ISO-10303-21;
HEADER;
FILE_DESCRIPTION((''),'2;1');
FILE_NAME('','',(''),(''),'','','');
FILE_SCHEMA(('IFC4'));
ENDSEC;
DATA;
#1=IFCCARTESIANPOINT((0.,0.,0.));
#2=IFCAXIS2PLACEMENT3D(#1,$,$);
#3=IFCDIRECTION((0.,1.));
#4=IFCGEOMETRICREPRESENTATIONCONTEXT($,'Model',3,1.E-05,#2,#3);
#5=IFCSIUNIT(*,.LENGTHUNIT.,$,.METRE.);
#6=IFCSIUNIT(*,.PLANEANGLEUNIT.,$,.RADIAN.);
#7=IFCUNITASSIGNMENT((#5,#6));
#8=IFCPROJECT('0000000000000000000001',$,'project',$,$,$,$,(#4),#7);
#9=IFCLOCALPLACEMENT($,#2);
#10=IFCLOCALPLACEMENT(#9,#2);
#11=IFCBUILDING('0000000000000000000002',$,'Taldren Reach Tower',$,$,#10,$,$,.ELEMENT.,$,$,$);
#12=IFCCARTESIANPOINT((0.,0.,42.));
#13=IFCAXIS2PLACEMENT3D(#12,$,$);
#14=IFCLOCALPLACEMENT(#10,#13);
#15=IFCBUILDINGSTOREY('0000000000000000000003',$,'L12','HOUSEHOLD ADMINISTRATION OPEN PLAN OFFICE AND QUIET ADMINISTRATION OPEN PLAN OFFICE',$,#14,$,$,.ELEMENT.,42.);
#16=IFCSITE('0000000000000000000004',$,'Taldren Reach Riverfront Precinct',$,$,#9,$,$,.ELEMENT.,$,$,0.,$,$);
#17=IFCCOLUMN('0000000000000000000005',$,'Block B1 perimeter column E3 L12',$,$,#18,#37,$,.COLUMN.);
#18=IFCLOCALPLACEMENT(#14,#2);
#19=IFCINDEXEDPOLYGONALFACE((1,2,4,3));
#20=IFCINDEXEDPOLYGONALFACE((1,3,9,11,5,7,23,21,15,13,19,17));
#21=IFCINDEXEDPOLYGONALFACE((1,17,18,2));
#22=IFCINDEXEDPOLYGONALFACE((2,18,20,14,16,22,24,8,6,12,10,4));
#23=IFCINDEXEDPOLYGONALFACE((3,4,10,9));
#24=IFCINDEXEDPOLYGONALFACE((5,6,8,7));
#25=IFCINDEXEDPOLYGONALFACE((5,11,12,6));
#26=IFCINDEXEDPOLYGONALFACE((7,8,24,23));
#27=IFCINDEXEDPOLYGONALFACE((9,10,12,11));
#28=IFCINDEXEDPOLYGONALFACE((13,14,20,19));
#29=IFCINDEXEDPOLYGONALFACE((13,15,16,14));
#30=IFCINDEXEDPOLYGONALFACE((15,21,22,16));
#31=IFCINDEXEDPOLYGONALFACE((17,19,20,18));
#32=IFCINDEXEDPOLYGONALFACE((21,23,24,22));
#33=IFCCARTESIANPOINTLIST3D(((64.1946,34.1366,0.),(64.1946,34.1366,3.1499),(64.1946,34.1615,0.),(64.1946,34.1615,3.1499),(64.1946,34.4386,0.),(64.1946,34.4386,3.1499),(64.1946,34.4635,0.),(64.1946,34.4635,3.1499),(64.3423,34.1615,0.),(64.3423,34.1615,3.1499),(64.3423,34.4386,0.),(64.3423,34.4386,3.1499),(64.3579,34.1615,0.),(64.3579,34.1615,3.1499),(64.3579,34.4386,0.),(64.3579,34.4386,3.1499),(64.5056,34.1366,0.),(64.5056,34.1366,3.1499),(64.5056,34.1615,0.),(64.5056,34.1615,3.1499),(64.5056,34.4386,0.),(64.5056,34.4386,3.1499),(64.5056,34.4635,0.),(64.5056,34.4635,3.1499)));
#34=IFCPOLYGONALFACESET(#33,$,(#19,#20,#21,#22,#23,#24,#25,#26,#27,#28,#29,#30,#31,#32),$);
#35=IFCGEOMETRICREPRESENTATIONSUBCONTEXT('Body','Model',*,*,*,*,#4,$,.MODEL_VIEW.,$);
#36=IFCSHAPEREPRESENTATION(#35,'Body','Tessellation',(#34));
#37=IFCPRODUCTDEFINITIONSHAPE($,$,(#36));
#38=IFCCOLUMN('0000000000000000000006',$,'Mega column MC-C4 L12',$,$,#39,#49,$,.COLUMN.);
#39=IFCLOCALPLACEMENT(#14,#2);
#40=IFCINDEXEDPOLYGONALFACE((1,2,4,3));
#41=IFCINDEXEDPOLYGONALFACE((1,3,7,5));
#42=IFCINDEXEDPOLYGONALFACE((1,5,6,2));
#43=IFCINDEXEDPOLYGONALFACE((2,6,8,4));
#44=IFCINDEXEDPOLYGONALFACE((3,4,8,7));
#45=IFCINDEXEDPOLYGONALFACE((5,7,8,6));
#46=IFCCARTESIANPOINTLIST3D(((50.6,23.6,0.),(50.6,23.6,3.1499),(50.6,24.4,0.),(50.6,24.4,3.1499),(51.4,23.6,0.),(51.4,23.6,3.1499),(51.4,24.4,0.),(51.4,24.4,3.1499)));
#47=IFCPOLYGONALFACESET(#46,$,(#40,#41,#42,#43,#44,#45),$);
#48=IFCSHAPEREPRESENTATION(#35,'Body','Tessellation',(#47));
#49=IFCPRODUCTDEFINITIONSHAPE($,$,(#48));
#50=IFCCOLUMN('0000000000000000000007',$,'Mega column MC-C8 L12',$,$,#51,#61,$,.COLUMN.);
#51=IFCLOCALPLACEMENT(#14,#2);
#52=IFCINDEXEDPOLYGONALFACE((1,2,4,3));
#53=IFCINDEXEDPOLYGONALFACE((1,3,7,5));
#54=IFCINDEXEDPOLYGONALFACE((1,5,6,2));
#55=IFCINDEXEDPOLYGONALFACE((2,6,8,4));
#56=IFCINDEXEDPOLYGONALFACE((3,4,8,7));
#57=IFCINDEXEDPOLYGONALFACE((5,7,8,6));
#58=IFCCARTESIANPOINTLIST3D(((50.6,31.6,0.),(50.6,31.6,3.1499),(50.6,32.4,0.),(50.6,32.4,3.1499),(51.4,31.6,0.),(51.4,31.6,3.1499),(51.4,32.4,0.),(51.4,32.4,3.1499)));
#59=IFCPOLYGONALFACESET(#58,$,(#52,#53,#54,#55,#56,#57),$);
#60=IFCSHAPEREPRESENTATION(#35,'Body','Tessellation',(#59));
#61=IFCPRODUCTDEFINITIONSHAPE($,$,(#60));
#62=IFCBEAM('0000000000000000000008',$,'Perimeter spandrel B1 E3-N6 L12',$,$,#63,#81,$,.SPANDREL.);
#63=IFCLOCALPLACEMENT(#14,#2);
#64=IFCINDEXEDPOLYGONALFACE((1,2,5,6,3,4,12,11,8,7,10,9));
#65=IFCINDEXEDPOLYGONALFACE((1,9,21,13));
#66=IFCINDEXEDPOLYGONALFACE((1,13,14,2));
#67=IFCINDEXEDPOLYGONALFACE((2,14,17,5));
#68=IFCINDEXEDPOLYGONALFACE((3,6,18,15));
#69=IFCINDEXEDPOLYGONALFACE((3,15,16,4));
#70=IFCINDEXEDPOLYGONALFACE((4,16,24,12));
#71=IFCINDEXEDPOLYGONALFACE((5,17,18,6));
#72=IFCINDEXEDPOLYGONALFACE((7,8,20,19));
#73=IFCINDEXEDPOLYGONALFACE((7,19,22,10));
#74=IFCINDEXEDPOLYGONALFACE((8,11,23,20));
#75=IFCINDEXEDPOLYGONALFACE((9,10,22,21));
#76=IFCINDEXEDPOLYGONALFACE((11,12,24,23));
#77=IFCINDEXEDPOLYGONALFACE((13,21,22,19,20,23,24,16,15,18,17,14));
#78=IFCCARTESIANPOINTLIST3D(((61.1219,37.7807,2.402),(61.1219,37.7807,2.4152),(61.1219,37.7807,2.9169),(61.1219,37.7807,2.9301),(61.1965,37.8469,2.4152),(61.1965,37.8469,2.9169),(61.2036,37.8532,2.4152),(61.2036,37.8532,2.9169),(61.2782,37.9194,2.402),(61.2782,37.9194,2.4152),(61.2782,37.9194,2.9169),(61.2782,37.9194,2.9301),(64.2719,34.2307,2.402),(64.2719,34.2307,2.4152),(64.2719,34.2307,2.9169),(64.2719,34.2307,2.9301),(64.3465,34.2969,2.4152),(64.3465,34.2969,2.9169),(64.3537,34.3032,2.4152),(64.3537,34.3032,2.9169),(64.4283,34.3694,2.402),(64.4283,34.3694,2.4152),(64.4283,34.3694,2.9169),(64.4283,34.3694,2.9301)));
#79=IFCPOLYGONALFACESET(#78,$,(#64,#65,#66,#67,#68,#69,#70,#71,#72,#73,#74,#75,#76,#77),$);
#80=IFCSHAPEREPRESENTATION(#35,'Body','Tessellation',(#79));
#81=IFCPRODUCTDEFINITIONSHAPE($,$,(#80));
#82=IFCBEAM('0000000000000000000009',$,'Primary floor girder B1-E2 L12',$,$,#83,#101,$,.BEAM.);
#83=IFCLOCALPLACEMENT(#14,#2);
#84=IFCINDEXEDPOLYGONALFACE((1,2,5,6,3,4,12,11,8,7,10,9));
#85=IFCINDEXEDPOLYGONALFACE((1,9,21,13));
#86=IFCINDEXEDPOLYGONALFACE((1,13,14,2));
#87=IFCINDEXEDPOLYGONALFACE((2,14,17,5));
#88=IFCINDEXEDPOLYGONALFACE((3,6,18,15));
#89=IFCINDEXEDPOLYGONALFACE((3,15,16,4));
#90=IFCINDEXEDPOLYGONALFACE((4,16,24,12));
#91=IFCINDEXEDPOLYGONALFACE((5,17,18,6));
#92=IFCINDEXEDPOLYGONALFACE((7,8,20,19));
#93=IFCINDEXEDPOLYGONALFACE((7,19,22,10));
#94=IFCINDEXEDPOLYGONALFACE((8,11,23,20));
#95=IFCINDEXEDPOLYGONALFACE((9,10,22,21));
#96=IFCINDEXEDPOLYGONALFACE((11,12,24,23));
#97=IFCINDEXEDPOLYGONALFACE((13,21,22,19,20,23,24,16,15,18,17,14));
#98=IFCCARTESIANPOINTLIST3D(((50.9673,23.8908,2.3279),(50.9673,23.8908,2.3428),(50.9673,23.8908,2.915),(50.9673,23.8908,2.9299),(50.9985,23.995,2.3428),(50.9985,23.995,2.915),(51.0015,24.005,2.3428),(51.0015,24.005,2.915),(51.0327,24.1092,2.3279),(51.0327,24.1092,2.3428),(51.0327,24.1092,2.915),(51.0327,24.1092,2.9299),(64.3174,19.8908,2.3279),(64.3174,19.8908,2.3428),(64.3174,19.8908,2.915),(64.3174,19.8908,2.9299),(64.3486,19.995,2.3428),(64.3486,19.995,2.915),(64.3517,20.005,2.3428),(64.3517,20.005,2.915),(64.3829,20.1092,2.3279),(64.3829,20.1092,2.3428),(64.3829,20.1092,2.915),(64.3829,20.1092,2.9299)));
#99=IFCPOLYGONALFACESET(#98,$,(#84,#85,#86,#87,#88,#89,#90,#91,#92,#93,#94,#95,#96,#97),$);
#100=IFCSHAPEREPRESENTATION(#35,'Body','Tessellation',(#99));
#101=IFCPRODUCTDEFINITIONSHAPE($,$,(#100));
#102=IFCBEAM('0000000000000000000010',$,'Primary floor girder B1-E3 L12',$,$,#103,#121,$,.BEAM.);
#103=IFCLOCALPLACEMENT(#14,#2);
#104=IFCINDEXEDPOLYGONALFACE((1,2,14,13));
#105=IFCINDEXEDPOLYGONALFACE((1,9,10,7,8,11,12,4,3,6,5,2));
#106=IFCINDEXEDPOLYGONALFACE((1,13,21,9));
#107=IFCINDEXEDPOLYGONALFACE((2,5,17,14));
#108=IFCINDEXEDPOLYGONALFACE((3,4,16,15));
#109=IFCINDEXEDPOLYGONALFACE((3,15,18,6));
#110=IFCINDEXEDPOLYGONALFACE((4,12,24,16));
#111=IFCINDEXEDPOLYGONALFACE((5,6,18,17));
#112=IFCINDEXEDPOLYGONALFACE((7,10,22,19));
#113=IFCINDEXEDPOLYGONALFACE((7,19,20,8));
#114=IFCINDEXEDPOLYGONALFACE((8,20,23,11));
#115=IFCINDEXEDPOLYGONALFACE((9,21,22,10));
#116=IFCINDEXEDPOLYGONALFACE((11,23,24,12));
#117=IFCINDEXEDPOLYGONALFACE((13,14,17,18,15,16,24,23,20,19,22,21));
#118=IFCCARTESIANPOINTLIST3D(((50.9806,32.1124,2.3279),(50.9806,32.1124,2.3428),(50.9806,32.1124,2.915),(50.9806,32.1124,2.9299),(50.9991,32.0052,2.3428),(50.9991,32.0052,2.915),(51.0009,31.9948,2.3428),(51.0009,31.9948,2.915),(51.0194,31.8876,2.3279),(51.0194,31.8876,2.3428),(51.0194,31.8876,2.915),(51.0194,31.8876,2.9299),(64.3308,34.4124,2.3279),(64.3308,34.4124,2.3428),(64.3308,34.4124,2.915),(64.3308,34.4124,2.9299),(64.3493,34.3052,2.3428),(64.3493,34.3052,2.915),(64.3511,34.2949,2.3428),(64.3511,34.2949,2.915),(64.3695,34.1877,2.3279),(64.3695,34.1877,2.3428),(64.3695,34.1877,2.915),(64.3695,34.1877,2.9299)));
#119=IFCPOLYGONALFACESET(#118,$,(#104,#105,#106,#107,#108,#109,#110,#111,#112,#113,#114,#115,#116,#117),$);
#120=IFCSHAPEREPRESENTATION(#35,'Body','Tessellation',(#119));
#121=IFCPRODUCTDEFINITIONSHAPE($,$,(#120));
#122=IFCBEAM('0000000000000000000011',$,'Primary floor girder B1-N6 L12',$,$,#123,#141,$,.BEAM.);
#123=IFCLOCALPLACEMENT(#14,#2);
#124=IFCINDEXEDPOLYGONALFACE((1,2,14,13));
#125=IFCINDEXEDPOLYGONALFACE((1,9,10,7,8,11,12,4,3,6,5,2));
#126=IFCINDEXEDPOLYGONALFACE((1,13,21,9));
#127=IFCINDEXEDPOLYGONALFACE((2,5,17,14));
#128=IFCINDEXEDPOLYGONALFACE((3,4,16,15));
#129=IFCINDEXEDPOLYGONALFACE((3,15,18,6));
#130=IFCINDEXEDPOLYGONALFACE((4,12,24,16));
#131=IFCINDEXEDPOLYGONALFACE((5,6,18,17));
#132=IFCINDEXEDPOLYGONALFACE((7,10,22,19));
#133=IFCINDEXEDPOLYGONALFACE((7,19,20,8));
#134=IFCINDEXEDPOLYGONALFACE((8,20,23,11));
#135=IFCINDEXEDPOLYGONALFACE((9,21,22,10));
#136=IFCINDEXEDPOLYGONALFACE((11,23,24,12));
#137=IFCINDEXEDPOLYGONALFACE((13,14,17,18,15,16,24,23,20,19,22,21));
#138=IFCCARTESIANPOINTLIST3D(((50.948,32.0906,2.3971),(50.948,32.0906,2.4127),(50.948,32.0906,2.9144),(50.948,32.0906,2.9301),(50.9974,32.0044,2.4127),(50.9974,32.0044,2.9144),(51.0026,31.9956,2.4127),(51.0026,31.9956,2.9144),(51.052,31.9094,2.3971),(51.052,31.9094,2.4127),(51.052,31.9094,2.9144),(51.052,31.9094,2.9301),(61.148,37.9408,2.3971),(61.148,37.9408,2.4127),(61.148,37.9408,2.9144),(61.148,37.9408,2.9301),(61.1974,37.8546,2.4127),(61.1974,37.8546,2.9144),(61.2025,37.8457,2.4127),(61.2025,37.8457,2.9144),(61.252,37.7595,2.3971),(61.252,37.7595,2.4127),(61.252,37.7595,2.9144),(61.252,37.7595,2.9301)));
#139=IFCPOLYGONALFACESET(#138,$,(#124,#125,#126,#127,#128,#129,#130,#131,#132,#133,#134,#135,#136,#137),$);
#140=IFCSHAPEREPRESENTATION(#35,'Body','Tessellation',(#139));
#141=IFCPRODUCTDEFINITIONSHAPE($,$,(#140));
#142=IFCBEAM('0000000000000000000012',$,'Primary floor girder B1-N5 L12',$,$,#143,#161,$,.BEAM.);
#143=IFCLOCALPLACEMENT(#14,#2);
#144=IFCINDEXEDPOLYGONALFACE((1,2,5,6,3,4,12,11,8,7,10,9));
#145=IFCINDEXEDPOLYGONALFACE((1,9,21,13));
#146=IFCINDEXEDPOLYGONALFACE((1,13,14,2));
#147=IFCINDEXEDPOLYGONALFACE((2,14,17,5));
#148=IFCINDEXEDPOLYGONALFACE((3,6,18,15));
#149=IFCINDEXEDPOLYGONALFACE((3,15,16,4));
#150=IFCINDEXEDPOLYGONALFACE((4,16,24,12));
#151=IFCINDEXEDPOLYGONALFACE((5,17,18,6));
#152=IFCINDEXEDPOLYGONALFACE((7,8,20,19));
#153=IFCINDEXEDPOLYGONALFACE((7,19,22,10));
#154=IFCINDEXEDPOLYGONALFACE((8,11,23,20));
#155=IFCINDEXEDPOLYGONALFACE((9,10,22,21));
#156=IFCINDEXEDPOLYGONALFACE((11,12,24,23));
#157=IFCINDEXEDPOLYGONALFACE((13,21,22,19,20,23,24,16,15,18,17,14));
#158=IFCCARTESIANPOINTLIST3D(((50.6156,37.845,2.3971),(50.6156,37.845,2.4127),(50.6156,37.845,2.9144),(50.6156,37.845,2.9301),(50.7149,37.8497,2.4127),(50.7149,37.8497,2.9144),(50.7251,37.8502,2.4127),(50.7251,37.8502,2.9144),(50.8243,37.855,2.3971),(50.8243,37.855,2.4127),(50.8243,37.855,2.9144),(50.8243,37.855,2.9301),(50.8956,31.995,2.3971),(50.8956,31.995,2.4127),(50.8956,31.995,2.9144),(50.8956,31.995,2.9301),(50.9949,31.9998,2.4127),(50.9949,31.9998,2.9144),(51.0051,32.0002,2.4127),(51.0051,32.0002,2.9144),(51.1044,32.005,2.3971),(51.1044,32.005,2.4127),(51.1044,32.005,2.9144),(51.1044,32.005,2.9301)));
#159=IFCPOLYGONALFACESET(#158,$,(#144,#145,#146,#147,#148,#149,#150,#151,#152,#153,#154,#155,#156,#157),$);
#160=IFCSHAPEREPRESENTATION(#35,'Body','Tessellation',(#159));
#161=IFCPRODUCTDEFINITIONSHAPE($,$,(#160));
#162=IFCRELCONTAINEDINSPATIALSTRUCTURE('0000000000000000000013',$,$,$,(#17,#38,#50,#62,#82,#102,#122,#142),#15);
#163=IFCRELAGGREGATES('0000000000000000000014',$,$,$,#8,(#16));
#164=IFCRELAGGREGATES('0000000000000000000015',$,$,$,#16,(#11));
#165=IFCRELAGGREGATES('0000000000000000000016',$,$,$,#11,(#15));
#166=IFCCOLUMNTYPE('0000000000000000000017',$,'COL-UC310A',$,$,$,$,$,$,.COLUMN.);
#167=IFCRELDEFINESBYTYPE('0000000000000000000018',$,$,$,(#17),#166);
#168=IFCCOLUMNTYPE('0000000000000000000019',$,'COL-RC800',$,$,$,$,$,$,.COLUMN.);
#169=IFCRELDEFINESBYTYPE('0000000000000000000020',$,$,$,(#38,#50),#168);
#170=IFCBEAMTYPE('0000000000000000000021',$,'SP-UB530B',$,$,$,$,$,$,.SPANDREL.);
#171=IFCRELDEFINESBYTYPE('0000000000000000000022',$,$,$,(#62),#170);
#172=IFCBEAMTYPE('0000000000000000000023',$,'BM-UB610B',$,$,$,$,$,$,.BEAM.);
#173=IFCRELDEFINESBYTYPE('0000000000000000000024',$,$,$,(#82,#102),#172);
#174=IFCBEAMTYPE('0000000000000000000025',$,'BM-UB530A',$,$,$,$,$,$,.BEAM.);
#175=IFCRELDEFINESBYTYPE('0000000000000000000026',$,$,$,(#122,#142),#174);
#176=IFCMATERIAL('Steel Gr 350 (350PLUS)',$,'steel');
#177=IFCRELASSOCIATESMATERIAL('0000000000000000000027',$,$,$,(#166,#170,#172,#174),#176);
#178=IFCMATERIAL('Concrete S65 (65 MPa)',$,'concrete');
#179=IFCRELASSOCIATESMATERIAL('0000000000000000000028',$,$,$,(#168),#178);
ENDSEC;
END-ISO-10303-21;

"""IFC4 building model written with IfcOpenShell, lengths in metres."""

from ifc_helpers import new_model, si_unit, direction, frame, origin, origin_2d, place, context, subcontext, project, spatial, rectangle, i_section, extrude, source, transform, mapped, material, material_profile, profile_set, type_object, element, save


model = new_model("IFC4")

# Units and contexts
model_context = context("Model", 3, precision=1e-05, world=origin(), true_north=direction((0.0, 1.0)))
body_context = subcontext(model_context, "Body", "Model", "MODEL_VIEW")
ifc_project = project(units=[si_unit("LENGTHUNIT", "METRE"), si_unit("PLANEANGLEUNIT", "RADIAN")], contexts=[model_context])

# Site, building, storey
site_placement = place(None, origin())
site = spatial("IfcSite", under=ifc_project, at=site_placement, Name="Taldren Reach Riverfront Precinct", CompositionType="ELEMENT", RefElevation=0.0)
building_placement = place(site_placement, origin())
building = spatial("IfcBuilding", under=site, at=building_placement, Name="Taldren Reach Tower", CompositionType="ELEMENT")
storey_placement = place(building_placement, frame((0.0, 0.0, 42.0)))
storey = spatial("IfcBuildingStorey", under=building, at=storey_placement, Name="L12", Description="HOUSEHOLD ADMINISTRATION OPEN PLAN OFFICE AND QUIET ADMINISTRATION OPEN PLAN OFFICE", CompositionType="ELEMENT", Elevation=42.0)

# Columns
ifc_material_1 = material(Name="Steel Gr 350 (350PLUS)", Category="steel")
ifc_material_profile_1 = material_profile(ifc_material_1, i_section(OverallWidth=0.311, OverallDepth=0.3269, WebThickness=0.0156, FlangeThickness=0.0249, at=origin_2d()), Name="310UC158")
ifc_profile_set_1 = profile_set([ifc_material_profile_1], Name="Steel Gr 350 (350PLUS)")
column_type_1 = type_object("IfcColumnType", Name="COL-UC310A", PredefinedType="COLUMN", material=ifc_profile_set_1)
shared_shape_1 = source(origin(), body_context, "Body", "SweptSolid", [
    extrude(i_section(OverallWidth=0.311, OverallDepth=0.3269, WebThickness=0.0156, FlangeThickness=0.0249, at=origin_2d()), origin(), (0.0, 0.0, 1.0), 3.1499),
])
column_placement = place(storey_placement, frame((64.3501, 34.3, 0.0), z_axis=(0.0, 0.0, 1.0), x_axis=(1.0, 0.0, 0.0)))
element("IfcColumn", 1, at=column_placement, inside=storey, type_object=column_type_1, Name="Block B1 perimeter column E3 L12", PredefinedType="COLUMN", context=body_context, shape_type="MappedRepresentation", body=[
    mapped(shared_shape_1, transform((0.0, 0.0, 0.0), scale=1.0)),
])
ifc_material_2 = material(Name="Concrete S65 (65 MPa)", Category="concrete")
ifc_material_profile_2 = material_profile(ifc_material_2, rectangle(XDim=0.8, YDim=0.8, at=origin_2d()), Name="RC-800x800")
ifc_profile_set_2 = profile_set([ifc_material_profile_2], Name="Concrete S65 (65 MPa)")
column_type_2 = type_object("IfcColumnType", Name="COL-RC800", PredefinedType="COLUMN", material=ifc_profile_set_2)
shared_shape_2 = source(origin(), body_context, "Body", "SweptSolid", [
    extrude(rectangle(XDim=0.8, YDim=0.8, at=origin_2d()), origin(), (0.0, 0.0, 1.0), 3.1499),
])
for number, where, z_axis, x_axis, name in (
    (2, (51.0, 24.0, 0.0), (0.0, 0.0, 1.0), (1.0, 0.0, 0.0), "Mega column MC-C4 L12"),
    (3, (51.0, 32.0, 0.0), (0.0, 0.0, 1.0), (1.0, 0.0, 0.0), "Mega column MC-C8 L12"),
):
    element("IfcColumn", number, at=place(storey_placement, frame(where, z_axis=z_axis, x_axis=x_axis)), inside=storey, type_object=column_type_2, Name=name, PredefinedType="COLUMN", context=body_context, shape_type="MappedRepresentation", body=[
        mapped(shared_shape_2, transform((0.0, 0.0, 0.0), scale=1.0)),
    ])

# Beams
ifc_material_profile_3 = material_profile(ifc_material_1, i_section(OverallWidth=0.209, OverallDepth=0.5281, WebThickness=0.0095, FlangeThickness=0.0132, at=origin_2d()), Name="530UB82.0")
ifc_profile_set_3 = profile_set([ifc_material_profile_3], Name="Steel Gr 350 (350PLUS)")
beam_type_1 = type_object("IfcBeamType", Name="SP-UB530B", PredefinedType="SPANDREL", material=ifc_profile_set_3)
shared_shape_3 = source(origin(), body_context, "Body", "SweptSolid", [
    extrude(i_section(OverallWidth=0.209, OverallDepth=0.5281, WebThickness=0.0095, FlangeThickness=0.0132, at=origin_2d()), origin(), (0.0, 0.0, 1.0), 4.7461),
])
beam_1_placement = place(storey_placement, frame((64.3501, 34.3, 2.666), z_axis=(-0.663722, 0.747979, 0.0), x_axis=(-0.747979, -0.663722, 0.0)))
element("IfcBeam", 4, at=beam_1_placement, inside=storey, type_object=beam_type_1, Name="Perimeter spandrel B1 E3-N6 L12", PredefinedType="SPANDREL", context=body_context, shape_type="MappedRepresentation", body=[
    mapped(shared_shape_3, transform((0.0, 0.0, 0.0), scale=1.0)),
])
ifc_material_profile_4 = material_profile(ifc_material_1, i_section(OverallWidth=0.228, OverallDepth=0.6021, WebThickness=0.0105, FlangeThickness=0.0149, at=origin_2d()), Name="610UB101")
ifc_profile_set_4 = profile_set([ifc_material_profile_4], Name="Steel Gr 350 (350PLUS)")
beam_type_2 = type_object("IfcBeamType", Name="BM-UB610B", PredefinedType="BEAM", material=ifc_profile_set_4)
shared_shape_4 = source(origin(), body_context, "Body", "SweptSolid", [
    extrude(i_section(OverallWidth=0.228, OverallDepth=0.6021, WebThickness=0.0105, FlangeThickness=0.0149, at=origin_2d()), origin(), (0.0, 0.0, 1.0), 13.9365),
])
beam_2_placement = place(storey_placement, frame((51.0, 24.0, 2.6289), z_axis=(0.957926, -0.287017, 0.0), x_axis=(0.287017, 0.957926, 0.0)))
element("IfcBeam", 5, at=beam_2_placement, inside=storey, type_object=beam_type_2, Name="Primary floor girder B1-E2 L12", PredefinedType="BEAM", context=body_context, shape_type="MappedRepresentation", body=[
    mapped(shared_shape_4, transform((0.0, 0.0, 0.0), scale=1.0)),
])
shared_shape_5 = source(origin(), body_context, "Body", "SweptSolid", [
    extrude(i_section(OverallWidth=0.228, OverallDepth=0.6021, WebThickness=0.0105, FlangeThickness=0.0149, at=origin_2d()), origin(), (0.0, 0.0, 1.0), 13.5469),
])
beam_3_placement = place(storey_placement, frame((51.0, 32.0, 2.6289), z_axis=(0.985481, 0.169786, 0.0), x_axis=(-0.169786, 0.985481, 0.0)))
element("IfcBeam", 6, at=beam_3_placement, inside=storey, type_object=beam_type_2, Name="Primary floor girder B1-E3 L12", PredefinedType="BEAM", context=body_context, shape_type="MappedRepresentation", body=[
    mapped(shared_shape_5, transform((0.0, 0.0, 0.0), scale=1.0)),
])
ifc_material_profile_5 = material_profile(ifc_material_1, i_section(OverallWidth=0.209, OverallDepth=0.533, WebThickness=0.0103, FlangeThickness=0.0156, at=origin_2d()), Name="530UB92.4")
ifc_profile_set_5 = profile_set([ifc_material_profile_5], Name="Steel Gr 350 (350PLUS)")
beam_type_3 = type_object("IfcBeamType", Name="BM-UB530A", PredefinedType="BEAM", material=ifc_profile_set_5)
shared_shape_6 = source(origin(), body_context, "Body", "SweptSolid", [
    extrude(i_section(OverallWidth=0.209, OverallDepth=0.533, WebThickness=0.0103, FlangeThickness=0.0156, at=origin_2d()), origin(), (0.0, 0.0, 1.0), 11.7585),
])
beam_4_placement = place(storey_placement, frame((51.0, 32.0, 2.6636), z_axis=(0.867452, 0.49752, 0.0), x_axis=(-0.49752, 0.867452, 0.0)))
element("IfcBeam", 7, at=beam_4_placement, inside=storey, type_object=beam_type_3, Name="Primary floor girder B1-N6 L12", PredefinedType="BEAM", context=body_context, shape_type="MappedRepresentation", body=[
    mapped(shared_shape_6, transform((0.0, 0.0, 0.0), scale=1.0)),
])
shared_shape_7 = source(origin(), body_context, "Body", "SweptSolid", [
    extrude(i_section(OverallWidth=0.209, OverallDepth=0.533, WebThickness=0.0103, FlangeThickness=0.0156, at=origin_2d()), origin(), (0.0, 0.0, 1.0), 5.8567),
])
beam_5_placement = place(storey_placement, frame((51.0, 32.0, 2.6636), z_axis=(-0.047813, 0.998856, 0.0), x_axis=(-0.998856, -0.047813, 0.0)))
element("IfcBeam", 8, at=beam_5_placement, inside=storey, type_object=beam_type_3, Name="Primary floor girder B1-N5 L12", PredefinedType="BEAM", context=body_context, shape_type="MappedRepresentation", body=[
    mapped(shared_shape_7, transform((0.0, 0.0, 0.0), scale=1.0)),
])

save(model, "model.ifc")
